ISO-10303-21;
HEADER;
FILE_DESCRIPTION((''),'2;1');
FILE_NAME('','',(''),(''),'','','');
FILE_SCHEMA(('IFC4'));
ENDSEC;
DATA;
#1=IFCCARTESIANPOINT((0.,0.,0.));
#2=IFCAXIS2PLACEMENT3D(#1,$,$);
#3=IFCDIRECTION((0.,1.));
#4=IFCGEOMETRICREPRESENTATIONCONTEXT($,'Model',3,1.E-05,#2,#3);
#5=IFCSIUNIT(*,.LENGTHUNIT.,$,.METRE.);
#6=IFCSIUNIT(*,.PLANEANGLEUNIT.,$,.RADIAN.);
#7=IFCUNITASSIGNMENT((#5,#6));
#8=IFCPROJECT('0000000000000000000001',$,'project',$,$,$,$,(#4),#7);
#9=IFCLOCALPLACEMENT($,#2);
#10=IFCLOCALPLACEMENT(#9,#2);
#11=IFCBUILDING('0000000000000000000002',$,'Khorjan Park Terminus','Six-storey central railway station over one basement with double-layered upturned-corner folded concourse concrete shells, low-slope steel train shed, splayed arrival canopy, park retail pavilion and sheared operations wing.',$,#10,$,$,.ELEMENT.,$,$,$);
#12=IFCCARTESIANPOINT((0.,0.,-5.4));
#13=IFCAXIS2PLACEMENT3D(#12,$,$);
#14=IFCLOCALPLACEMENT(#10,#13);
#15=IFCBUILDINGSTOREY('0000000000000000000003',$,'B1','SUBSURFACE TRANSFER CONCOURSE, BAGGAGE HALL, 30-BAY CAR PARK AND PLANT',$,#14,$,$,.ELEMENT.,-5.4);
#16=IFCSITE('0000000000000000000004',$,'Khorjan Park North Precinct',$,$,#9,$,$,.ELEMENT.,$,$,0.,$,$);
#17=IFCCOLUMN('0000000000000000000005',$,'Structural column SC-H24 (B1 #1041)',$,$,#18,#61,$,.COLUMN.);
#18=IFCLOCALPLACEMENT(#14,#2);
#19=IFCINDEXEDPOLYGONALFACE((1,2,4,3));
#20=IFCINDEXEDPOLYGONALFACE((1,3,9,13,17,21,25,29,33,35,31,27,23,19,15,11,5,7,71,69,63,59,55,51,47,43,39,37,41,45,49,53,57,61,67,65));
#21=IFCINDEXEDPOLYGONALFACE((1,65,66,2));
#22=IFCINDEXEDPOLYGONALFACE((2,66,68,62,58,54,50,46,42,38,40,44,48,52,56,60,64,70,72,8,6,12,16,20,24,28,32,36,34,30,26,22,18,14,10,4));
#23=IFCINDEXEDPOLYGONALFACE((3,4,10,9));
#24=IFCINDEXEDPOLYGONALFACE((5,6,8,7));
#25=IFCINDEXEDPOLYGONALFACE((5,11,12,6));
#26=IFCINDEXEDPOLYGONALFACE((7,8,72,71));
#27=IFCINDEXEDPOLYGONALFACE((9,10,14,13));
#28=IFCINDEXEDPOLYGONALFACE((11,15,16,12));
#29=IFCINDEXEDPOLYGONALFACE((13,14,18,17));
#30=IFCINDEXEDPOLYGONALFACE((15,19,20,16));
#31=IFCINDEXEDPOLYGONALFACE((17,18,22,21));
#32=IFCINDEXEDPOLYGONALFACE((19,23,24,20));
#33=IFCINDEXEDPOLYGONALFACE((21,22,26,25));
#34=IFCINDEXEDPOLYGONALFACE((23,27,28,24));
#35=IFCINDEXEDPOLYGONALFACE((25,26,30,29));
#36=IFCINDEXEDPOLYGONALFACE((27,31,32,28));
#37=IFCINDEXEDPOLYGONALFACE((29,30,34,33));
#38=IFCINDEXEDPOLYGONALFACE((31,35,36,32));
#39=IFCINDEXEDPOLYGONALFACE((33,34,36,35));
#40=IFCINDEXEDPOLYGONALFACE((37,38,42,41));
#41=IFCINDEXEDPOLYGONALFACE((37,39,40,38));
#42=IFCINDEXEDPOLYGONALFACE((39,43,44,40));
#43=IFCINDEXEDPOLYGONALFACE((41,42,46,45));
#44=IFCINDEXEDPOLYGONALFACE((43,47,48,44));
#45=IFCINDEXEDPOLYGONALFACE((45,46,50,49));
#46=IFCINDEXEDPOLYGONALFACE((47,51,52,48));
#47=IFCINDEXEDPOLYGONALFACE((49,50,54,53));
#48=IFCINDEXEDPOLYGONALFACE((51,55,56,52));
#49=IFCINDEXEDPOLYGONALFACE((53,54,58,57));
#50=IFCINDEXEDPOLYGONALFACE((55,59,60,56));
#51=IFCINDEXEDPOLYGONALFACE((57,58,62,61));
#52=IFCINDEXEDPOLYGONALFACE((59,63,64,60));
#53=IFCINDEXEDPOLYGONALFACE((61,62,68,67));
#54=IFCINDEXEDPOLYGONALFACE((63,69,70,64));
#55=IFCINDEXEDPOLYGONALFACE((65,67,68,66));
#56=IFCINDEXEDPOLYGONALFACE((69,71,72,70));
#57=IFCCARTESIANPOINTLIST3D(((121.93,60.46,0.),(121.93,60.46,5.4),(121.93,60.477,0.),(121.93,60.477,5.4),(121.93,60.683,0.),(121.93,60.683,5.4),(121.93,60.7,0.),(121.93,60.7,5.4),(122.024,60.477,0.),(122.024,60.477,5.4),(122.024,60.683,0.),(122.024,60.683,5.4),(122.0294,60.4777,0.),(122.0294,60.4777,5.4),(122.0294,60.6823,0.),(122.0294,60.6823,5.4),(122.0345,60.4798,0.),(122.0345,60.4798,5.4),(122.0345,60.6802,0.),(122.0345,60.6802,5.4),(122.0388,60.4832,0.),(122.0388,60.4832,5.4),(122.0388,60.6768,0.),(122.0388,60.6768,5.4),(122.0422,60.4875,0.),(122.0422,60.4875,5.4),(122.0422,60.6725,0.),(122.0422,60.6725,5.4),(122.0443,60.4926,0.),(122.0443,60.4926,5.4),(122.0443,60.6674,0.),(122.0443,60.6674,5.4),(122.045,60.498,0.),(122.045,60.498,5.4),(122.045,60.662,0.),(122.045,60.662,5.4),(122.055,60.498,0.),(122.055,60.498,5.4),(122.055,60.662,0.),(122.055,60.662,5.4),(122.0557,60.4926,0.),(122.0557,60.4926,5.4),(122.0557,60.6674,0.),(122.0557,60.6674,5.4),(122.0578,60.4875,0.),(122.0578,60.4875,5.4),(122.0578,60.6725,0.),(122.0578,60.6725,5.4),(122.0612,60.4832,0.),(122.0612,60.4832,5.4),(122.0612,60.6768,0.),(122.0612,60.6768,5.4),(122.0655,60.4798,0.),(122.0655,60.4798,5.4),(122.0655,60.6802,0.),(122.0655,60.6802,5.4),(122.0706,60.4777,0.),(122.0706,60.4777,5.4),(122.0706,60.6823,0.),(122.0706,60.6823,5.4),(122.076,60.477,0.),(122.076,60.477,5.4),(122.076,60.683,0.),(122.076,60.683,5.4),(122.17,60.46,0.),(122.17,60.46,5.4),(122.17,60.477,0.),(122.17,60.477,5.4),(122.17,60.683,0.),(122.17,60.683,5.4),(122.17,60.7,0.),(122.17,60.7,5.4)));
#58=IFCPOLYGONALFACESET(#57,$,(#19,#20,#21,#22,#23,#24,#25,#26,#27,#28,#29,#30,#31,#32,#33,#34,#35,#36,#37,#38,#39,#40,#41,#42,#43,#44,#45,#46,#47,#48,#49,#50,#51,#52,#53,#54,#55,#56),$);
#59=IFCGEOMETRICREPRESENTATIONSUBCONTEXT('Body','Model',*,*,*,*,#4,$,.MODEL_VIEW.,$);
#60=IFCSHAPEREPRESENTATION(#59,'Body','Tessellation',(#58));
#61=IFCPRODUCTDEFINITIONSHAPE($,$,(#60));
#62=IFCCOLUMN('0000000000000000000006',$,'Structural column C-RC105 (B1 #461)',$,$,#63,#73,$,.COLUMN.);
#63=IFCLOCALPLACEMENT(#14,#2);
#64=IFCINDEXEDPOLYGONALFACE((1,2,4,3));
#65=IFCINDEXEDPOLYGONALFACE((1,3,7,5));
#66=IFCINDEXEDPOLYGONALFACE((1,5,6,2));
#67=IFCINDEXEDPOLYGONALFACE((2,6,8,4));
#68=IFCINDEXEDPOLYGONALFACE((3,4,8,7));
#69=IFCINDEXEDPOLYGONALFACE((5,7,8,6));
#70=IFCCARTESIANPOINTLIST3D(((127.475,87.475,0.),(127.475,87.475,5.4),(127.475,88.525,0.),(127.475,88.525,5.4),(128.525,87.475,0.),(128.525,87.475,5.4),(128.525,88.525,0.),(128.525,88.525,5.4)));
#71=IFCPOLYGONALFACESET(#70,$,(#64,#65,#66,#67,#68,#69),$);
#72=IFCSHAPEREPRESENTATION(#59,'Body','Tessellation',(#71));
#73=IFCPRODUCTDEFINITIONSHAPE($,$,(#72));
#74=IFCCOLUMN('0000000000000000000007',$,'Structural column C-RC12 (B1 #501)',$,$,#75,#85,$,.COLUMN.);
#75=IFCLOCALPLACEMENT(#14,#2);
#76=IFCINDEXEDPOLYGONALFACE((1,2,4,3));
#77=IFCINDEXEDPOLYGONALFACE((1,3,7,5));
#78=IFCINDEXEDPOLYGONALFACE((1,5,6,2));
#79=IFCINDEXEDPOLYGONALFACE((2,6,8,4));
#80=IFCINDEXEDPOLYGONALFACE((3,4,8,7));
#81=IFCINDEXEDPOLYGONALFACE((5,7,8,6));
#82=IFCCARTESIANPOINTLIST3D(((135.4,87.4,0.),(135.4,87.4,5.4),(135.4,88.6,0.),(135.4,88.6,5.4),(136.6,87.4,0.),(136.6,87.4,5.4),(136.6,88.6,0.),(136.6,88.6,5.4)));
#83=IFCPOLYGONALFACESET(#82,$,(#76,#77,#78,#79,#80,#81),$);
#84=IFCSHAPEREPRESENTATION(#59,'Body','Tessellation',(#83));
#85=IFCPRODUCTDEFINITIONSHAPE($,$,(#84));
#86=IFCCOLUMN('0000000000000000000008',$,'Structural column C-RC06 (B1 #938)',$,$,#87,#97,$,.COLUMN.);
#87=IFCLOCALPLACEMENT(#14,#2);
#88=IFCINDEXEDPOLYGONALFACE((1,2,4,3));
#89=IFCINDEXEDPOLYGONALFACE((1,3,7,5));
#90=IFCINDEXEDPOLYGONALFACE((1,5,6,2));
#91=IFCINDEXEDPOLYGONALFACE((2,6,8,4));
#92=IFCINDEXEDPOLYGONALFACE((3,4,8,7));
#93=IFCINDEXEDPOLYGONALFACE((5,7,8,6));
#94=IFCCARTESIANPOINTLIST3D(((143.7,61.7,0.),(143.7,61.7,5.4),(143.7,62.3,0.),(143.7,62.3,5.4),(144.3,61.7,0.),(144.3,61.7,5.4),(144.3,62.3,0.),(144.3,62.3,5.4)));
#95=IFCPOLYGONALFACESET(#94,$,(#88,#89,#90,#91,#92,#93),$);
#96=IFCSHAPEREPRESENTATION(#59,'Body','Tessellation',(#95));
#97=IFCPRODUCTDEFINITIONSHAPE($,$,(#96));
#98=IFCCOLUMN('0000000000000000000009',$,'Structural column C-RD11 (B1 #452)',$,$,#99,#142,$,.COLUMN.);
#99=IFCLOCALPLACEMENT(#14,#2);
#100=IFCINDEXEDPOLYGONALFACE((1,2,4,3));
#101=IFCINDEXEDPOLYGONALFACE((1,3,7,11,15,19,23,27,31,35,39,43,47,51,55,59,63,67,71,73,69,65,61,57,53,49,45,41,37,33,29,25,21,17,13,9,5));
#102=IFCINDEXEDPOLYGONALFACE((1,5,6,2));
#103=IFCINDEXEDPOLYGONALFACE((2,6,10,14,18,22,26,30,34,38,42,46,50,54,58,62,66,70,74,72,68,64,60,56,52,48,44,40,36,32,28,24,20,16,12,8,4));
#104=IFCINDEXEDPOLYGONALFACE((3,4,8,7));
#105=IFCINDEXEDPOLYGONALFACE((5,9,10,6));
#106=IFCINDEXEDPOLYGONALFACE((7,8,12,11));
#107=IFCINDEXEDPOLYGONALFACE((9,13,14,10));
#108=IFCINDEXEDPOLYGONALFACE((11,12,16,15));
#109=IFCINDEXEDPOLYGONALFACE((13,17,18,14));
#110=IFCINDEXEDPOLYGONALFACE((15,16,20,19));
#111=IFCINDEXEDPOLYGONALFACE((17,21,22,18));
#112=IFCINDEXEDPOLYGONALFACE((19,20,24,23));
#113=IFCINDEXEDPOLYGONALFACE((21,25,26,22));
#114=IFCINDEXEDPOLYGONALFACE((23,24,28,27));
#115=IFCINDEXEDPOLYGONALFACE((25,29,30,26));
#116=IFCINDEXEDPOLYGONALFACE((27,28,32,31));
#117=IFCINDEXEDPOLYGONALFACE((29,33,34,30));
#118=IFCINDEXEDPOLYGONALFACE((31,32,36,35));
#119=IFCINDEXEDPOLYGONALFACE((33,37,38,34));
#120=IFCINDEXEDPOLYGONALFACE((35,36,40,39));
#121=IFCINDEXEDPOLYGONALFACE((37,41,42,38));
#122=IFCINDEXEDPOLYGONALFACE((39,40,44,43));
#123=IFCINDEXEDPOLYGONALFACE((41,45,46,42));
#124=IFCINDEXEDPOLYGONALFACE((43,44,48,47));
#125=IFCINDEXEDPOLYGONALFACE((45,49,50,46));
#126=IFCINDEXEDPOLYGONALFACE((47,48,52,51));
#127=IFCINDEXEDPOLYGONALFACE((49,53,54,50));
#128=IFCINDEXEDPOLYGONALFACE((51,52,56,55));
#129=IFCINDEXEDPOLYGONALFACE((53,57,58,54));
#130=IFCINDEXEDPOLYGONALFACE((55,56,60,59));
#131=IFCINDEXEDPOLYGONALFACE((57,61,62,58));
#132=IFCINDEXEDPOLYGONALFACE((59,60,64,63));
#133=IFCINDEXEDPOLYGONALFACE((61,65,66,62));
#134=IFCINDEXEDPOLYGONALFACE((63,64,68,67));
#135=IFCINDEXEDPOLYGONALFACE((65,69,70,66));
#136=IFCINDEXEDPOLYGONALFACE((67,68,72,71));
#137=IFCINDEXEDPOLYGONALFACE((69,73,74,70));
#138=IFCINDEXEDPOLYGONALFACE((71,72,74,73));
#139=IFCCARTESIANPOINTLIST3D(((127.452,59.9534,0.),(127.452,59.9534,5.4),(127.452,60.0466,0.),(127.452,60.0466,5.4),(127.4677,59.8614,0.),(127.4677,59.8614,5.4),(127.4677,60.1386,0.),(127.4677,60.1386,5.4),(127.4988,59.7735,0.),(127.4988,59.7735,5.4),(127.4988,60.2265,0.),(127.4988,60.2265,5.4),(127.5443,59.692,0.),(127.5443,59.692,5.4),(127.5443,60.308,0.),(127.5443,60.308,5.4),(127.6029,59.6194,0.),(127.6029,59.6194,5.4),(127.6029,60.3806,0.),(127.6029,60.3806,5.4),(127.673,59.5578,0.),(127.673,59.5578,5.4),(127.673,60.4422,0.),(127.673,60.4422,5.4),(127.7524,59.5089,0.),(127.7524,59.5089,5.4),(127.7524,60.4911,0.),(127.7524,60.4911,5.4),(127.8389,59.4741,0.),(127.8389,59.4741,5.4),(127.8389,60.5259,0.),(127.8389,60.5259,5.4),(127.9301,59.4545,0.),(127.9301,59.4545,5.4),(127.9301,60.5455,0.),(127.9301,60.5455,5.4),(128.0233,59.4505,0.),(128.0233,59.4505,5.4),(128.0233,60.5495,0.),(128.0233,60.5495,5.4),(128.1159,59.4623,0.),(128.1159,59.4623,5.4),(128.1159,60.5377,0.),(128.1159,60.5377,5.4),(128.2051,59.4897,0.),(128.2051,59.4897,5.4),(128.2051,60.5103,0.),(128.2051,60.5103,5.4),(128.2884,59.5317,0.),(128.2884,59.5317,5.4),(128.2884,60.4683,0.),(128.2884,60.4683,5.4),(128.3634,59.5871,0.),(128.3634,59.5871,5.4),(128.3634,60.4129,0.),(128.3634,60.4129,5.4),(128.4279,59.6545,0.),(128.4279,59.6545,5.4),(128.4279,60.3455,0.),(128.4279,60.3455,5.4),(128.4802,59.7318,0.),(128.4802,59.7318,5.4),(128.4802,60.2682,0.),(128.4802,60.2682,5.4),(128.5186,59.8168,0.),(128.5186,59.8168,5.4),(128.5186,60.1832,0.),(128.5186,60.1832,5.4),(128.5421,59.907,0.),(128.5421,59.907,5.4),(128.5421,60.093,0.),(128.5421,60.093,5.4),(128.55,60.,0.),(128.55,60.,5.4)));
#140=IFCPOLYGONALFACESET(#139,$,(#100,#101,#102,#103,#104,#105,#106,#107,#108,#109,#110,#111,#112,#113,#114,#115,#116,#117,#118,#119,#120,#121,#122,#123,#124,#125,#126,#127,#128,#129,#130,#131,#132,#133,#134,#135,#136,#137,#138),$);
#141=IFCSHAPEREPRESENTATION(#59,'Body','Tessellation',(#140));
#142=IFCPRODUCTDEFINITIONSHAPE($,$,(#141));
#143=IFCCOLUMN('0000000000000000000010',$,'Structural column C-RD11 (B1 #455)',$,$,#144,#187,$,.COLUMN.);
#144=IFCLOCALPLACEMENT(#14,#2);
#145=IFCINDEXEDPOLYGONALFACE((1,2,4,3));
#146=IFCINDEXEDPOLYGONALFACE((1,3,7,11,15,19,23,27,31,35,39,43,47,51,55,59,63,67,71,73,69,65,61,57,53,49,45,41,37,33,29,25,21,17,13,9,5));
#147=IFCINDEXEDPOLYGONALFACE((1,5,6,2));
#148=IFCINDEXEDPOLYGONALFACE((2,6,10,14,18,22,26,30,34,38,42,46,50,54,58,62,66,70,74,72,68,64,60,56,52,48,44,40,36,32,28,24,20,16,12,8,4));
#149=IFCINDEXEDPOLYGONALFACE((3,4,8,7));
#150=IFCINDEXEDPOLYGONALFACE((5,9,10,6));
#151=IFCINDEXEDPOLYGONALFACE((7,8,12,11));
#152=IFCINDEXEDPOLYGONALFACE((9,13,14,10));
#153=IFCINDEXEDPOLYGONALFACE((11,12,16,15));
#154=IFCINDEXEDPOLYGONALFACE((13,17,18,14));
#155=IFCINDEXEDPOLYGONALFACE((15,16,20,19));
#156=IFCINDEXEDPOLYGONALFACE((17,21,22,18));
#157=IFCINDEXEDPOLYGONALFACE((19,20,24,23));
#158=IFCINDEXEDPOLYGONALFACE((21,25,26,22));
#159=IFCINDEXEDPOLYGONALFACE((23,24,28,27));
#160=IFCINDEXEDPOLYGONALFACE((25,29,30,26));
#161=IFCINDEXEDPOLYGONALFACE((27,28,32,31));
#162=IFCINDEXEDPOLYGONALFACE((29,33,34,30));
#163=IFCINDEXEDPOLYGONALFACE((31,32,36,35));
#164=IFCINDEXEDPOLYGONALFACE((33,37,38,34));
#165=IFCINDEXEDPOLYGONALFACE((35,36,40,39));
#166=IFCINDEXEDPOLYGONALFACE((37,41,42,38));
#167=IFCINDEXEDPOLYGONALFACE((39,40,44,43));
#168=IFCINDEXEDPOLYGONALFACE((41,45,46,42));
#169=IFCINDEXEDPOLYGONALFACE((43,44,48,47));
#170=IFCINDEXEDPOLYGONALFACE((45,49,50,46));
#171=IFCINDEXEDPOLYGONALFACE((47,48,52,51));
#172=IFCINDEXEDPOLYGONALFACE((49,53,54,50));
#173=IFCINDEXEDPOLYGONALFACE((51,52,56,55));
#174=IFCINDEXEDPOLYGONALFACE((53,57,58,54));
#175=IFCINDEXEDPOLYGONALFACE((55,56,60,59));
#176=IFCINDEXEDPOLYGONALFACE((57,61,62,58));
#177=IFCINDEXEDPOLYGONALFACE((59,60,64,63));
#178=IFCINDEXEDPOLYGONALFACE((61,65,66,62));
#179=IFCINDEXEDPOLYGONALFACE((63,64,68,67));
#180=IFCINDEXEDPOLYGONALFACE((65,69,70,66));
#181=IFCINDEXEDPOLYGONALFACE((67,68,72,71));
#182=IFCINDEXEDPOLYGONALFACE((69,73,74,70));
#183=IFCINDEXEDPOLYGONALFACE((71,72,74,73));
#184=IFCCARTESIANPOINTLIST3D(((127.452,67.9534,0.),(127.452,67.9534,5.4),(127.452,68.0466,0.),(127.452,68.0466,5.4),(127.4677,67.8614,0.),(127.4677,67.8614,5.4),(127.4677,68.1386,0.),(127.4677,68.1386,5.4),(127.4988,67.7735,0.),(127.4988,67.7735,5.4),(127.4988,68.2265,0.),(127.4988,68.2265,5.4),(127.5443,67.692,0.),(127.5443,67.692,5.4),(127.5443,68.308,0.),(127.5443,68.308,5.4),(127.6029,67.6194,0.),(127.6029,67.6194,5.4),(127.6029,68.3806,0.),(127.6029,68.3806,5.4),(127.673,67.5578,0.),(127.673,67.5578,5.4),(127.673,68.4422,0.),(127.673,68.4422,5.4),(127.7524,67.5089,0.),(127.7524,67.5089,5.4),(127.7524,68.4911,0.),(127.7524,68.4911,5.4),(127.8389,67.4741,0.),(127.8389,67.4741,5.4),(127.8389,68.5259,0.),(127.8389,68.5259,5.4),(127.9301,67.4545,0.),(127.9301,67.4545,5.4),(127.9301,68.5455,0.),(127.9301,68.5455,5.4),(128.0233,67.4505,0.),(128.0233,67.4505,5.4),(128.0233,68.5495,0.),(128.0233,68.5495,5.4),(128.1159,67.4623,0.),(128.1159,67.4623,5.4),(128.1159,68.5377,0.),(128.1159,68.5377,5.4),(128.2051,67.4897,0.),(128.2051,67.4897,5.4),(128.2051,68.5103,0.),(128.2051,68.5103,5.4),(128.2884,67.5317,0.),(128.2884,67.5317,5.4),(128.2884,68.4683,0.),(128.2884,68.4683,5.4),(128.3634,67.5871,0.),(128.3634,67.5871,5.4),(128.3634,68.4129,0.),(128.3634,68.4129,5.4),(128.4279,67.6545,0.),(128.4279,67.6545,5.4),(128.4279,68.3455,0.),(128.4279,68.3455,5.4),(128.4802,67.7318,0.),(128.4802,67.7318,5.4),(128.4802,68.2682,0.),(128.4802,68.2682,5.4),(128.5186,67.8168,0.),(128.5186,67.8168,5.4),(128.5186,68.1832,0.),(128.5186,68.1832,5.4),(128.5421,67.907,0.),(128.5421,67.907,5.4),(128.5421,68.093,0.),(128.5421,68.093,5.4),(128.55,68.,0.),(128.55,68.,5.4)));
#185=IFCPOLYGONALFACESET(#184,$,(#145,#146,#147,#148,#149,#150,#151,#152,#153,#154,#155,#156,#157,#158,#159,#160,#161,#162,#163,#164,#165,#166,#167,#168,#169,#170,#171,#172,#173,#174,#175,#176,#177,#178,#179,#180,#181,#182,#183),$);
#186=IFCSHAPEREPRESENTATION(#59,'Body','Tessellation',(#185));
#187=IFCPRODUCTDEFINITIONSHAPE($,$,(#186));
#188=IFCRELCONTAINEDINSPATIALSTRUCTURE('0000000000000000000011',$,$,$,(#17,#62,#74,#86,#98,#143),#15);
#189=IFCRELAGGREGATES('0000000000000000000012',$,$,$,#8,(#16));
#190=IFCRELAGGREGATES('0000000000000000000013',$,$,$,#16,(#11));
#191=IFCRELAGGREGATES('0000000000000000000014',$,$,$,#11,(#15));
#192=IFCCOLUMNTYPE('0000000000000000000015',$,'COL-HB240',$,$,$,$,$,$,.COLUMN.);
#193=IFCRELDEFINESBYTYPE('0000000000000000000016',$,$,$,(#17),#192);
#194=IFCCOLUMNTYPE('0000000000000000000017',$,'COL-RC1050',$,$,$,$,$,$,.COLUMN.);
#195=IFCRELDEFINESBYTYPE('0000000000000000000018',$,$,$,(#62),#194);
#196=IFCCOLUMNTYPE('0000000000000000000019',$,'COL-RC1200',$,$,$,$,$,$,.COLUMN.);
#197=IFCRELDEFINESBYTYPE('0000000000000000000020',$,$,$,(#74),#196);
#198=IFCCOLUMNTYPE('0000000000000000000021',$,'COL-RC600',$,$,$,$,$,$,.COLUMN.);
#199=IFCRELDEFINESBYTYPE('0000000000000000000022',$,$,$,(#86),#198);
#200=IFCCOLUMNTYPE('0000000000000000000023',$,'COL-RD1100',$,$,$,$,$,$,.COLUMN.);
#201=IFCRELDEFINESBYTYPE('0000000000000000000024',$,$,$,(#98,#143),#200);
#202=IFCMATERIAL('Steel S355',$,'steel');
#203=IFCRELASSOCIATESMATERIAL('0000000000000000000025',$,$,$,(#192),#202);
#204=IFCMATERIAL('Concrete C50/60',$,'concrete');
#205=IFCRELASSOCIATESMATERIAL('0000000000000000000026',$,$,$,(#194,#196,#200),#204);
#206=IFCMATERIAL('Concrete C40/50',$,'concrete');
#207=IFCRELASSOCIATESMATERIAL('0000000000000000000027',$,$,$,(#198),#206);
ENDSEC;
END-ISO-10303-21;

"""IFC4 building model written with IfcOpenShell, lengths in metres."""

from ifc_helpers import new_model, si_unit, direction, frame, origin, origin_2d, place, context, subcontext, project, spatial, rectangle, circle, i_section, extrude, material, material_profile, profile_set, type_object, element, save


model = new_model("IFC4")

# Units and contexts
model_context = context("Model", 3, precision=1e-05, world=origin(), true_north=direction((0.0, 1.0)))
body_context = subcontext(model_context, "Body", "Model", "MODEL_VIEW")
ifc_project = project(units=[si_unit("LENGTHUNIT", "METRE"), si_unit("PLANEANGLEUNIT", "RADIAN")], contexts=[model_context])

# Site, building, storey
site_placement = place(None, origin())
site = spatial("IfcSite", under=ifc_project, at=site_placement, Name="Khorjan Park North Precinct", CompositionType="ELEMENT", RefElevation=0.0)
building_placement = place(site_placement, origin())
building = spatial("IfcBuilding", under=site, at=building_placement, Name="Khorjan Park Terminus", Description="Six-storey central railway station over one basement with double-layered upturned-corner folded concourse concrete shells, low-slope steel train shed, splayed arrival canopy, park retail pavilion and sheared operations wing.", CompositionType="ELEMENT")
storey_placement = place(building_placement, frame((0.0, 0.0, -5.4)))
storey = spatial("IfcBuildingStorey", under=building, at=storey_placement, Name="B1", Description="SUBSURFACE TRANSFER CONCOURSE, BAGGAGE HALL, 30-BAY CAR PARK AND PLANT", CompositionType="ELEMENT", Elevation=-5.4)

# Shared definitions
ifc_material_1 = material(Name="Concrete C40/50", Category="concrete")

# Columns
ifc_material_2 = material(Name="Concrete C50/60", Category="concrete")
ifc_material_3 = material(Name="Steel S355", Category="steel")
ifc_material_profile_1 = material_profile(ifc_material_3, i_section(OverallWidth=0.24, OverallDepth=0.24, WebThickness=0.01, FlangeThickness=0.017, FilletRadius=0.021, at=origin_2d()), Name="HEB 240")
ifc_profile_set_1 = profile_set([ifc_material_profile_1], Name="Steel S355")
column_type_1 = type_object("IfcColumnType", Name="COL-HB240", PredefinedType="COLUMN", material=ifc_profile_set_1)
column_1_placement = place(storey_placement, frame((122.05, 60.58, 0.0), z_axis=(0.0, 0.0, 1.0), x_axis=(1.0, 0.0, 0.0)))
element("IfcColumn", 1, at=column_1_placement, inside=storey, type_object=column_type_1, Name="Structural column SC-H24 (B1 #1041)", PredefinedType="COLUMN", context=body_context, shape_type="SweptSolid", body=[
    extrude(i_section(OverallWidth=0.24, OverallDepth=0.24, WebThickness=0.01, FlangeThickness=0.017, FilletRadius=0.021, at=origin_2d()), origin(), (0.0, 0.0, 1.0), 5.4),
])
ifc_material_profile_2 = material_profile(ifc_material_2, rectangle(XDim=1.05, YDim=1.05, at=origin_2d()), Name="RC 1050x1050")
ifc_profile_set_2 = profile_set([ifc_material_profile_2], Name="Concrete C50/60")
column_type_2 = type_object("IfcColumnType", Name="COL-RC1050", PredefinedType="COLUMN", material=ifc_profile_set_2)
column_2_placement = place(storey_placement, frame((128.0, 88.0, 0.0), z_axis=(0.0, 0.0, 1.0), x_axis=(1.0, 0.0, 0.0)))
element("IfcColumn", 2, at=column_2_placement, inside=storey, type_object=column_type_2, Name="Structural column C-RC105 (B1 #461)", PredefinedType="COLUMN", context=body_context, shape_type="SweptSolid", body=[
    extrude(rectangle(XDim=1.05, YDim=1.05, at=origin_2d()), origin(), (0.0, 0.0, 1.0), 5.4),
])
ifc_material_profile_3 = material_profile(ifc_material_2, rectangle(XDim=1.2, YDim=1.2, at=origin_2d()), Name="RC 1200x1200")
ifc_profile_set_3 = profile_set([ifc_material_profile_3], Name="Concrete C50/60")
column_type_3 = type_object("IfcColumnType", Name="COL-RC1200", PredefinedType="COLUMN", material=ifc_profile_set_3)
column_3_placement = place(storey_placement, frame((136.0, 88.0, 0.0), z_axis=(0.0, 0.0, 1.0), x_axis=(1.0, 0.0, 0.0)))
element("IfcColumn", 3, at=column_3_placement, inside=storey, type_object=column_type_3, Name="Structural column C-RC12 (B1 #501)", PredefinedType="COLUMN", context=body_context, shape_type="SweptSolid", body=[
    extrude(rectangle(XDim=1.2, YDim=1.2, at=origin_2d()), origin(), (0.0, 0.0, 1.0), 5.4),
])
ifc_material_profile_4 = material_profile(ifc_material_1, rectangle(XDim=0.6, YDim=0.6, at=origin_2d()), Name="RC 600x600")
ifc_profile_set_4 = profile_set([ifc_material_profile_4], Name="Concrete C40/50")
column_type_4 = type_object("IfcColumnType", Name="COL-RC600", PredefinedType="COLUMN", material=ifc_profile_set_4)
column_4_placement = place(storey_placement, frame((144.0, 62.0, 0.0), z_axis=(0.0, 0.0, 1.0), x_axis=(1.0, 0.0, 0.0)))
element("IfcColumn", 4, at=column_4_placement, inside=storey, type_object=column_type_4, Name="Structural column C-RC06 (B1 #938)", PredefinedType="COLUMN", context=body_context, shape_type="SweptSolid", body=[
    extrude(rectangle(XDim=0.6, YDim=0.6, at=origin_2d()), origin(), (0.0, 0.0, 1.0), 5.4),
])
ifc_material_profile_5 = material_profile(ifc_material_2, circle(Radius=0.55, at=origin_2d()), Name="RC D1100")
ifc_profile_set_5 = profile_set([ifc_material_profile_5], Name="Concrete C50/60")
column_type_5 = type_object("IfcColumnType", Name="COL-RD1100", PredefinedType="COLUMN", material=ifc_profile_set_5)
for number, where, z_axis, x_axis, name in (
    (5, (128.0, 60.0, 0.0), (0.0, 0.0, 1.0), (1.0, 0.0, 0.0), "Structural column C-RD11 (B1 #452)"),
    (6, (128.0, 68.0, 0.0), (0.0, 0.0, 1.0), (1.0, 0.0, 0.0), "Structural column C-RD11 (B1 #455)"),
):
    element("IfcColumn", number, at=place(storey_placement, frame(where, z_axis=z_axis, x_axis=x_axis)), inside=storey, type_object=column_type_5, Name=name, PredefinedType="COLUMN", context=body_context, shape_type="SweptSolid", body=[
        extrude(circle(Radius=0.55, at=origin_2d()), origin(), (0.0, 0.0, 1.0), 5.4),
    ])

save(model, "model.ifc")
